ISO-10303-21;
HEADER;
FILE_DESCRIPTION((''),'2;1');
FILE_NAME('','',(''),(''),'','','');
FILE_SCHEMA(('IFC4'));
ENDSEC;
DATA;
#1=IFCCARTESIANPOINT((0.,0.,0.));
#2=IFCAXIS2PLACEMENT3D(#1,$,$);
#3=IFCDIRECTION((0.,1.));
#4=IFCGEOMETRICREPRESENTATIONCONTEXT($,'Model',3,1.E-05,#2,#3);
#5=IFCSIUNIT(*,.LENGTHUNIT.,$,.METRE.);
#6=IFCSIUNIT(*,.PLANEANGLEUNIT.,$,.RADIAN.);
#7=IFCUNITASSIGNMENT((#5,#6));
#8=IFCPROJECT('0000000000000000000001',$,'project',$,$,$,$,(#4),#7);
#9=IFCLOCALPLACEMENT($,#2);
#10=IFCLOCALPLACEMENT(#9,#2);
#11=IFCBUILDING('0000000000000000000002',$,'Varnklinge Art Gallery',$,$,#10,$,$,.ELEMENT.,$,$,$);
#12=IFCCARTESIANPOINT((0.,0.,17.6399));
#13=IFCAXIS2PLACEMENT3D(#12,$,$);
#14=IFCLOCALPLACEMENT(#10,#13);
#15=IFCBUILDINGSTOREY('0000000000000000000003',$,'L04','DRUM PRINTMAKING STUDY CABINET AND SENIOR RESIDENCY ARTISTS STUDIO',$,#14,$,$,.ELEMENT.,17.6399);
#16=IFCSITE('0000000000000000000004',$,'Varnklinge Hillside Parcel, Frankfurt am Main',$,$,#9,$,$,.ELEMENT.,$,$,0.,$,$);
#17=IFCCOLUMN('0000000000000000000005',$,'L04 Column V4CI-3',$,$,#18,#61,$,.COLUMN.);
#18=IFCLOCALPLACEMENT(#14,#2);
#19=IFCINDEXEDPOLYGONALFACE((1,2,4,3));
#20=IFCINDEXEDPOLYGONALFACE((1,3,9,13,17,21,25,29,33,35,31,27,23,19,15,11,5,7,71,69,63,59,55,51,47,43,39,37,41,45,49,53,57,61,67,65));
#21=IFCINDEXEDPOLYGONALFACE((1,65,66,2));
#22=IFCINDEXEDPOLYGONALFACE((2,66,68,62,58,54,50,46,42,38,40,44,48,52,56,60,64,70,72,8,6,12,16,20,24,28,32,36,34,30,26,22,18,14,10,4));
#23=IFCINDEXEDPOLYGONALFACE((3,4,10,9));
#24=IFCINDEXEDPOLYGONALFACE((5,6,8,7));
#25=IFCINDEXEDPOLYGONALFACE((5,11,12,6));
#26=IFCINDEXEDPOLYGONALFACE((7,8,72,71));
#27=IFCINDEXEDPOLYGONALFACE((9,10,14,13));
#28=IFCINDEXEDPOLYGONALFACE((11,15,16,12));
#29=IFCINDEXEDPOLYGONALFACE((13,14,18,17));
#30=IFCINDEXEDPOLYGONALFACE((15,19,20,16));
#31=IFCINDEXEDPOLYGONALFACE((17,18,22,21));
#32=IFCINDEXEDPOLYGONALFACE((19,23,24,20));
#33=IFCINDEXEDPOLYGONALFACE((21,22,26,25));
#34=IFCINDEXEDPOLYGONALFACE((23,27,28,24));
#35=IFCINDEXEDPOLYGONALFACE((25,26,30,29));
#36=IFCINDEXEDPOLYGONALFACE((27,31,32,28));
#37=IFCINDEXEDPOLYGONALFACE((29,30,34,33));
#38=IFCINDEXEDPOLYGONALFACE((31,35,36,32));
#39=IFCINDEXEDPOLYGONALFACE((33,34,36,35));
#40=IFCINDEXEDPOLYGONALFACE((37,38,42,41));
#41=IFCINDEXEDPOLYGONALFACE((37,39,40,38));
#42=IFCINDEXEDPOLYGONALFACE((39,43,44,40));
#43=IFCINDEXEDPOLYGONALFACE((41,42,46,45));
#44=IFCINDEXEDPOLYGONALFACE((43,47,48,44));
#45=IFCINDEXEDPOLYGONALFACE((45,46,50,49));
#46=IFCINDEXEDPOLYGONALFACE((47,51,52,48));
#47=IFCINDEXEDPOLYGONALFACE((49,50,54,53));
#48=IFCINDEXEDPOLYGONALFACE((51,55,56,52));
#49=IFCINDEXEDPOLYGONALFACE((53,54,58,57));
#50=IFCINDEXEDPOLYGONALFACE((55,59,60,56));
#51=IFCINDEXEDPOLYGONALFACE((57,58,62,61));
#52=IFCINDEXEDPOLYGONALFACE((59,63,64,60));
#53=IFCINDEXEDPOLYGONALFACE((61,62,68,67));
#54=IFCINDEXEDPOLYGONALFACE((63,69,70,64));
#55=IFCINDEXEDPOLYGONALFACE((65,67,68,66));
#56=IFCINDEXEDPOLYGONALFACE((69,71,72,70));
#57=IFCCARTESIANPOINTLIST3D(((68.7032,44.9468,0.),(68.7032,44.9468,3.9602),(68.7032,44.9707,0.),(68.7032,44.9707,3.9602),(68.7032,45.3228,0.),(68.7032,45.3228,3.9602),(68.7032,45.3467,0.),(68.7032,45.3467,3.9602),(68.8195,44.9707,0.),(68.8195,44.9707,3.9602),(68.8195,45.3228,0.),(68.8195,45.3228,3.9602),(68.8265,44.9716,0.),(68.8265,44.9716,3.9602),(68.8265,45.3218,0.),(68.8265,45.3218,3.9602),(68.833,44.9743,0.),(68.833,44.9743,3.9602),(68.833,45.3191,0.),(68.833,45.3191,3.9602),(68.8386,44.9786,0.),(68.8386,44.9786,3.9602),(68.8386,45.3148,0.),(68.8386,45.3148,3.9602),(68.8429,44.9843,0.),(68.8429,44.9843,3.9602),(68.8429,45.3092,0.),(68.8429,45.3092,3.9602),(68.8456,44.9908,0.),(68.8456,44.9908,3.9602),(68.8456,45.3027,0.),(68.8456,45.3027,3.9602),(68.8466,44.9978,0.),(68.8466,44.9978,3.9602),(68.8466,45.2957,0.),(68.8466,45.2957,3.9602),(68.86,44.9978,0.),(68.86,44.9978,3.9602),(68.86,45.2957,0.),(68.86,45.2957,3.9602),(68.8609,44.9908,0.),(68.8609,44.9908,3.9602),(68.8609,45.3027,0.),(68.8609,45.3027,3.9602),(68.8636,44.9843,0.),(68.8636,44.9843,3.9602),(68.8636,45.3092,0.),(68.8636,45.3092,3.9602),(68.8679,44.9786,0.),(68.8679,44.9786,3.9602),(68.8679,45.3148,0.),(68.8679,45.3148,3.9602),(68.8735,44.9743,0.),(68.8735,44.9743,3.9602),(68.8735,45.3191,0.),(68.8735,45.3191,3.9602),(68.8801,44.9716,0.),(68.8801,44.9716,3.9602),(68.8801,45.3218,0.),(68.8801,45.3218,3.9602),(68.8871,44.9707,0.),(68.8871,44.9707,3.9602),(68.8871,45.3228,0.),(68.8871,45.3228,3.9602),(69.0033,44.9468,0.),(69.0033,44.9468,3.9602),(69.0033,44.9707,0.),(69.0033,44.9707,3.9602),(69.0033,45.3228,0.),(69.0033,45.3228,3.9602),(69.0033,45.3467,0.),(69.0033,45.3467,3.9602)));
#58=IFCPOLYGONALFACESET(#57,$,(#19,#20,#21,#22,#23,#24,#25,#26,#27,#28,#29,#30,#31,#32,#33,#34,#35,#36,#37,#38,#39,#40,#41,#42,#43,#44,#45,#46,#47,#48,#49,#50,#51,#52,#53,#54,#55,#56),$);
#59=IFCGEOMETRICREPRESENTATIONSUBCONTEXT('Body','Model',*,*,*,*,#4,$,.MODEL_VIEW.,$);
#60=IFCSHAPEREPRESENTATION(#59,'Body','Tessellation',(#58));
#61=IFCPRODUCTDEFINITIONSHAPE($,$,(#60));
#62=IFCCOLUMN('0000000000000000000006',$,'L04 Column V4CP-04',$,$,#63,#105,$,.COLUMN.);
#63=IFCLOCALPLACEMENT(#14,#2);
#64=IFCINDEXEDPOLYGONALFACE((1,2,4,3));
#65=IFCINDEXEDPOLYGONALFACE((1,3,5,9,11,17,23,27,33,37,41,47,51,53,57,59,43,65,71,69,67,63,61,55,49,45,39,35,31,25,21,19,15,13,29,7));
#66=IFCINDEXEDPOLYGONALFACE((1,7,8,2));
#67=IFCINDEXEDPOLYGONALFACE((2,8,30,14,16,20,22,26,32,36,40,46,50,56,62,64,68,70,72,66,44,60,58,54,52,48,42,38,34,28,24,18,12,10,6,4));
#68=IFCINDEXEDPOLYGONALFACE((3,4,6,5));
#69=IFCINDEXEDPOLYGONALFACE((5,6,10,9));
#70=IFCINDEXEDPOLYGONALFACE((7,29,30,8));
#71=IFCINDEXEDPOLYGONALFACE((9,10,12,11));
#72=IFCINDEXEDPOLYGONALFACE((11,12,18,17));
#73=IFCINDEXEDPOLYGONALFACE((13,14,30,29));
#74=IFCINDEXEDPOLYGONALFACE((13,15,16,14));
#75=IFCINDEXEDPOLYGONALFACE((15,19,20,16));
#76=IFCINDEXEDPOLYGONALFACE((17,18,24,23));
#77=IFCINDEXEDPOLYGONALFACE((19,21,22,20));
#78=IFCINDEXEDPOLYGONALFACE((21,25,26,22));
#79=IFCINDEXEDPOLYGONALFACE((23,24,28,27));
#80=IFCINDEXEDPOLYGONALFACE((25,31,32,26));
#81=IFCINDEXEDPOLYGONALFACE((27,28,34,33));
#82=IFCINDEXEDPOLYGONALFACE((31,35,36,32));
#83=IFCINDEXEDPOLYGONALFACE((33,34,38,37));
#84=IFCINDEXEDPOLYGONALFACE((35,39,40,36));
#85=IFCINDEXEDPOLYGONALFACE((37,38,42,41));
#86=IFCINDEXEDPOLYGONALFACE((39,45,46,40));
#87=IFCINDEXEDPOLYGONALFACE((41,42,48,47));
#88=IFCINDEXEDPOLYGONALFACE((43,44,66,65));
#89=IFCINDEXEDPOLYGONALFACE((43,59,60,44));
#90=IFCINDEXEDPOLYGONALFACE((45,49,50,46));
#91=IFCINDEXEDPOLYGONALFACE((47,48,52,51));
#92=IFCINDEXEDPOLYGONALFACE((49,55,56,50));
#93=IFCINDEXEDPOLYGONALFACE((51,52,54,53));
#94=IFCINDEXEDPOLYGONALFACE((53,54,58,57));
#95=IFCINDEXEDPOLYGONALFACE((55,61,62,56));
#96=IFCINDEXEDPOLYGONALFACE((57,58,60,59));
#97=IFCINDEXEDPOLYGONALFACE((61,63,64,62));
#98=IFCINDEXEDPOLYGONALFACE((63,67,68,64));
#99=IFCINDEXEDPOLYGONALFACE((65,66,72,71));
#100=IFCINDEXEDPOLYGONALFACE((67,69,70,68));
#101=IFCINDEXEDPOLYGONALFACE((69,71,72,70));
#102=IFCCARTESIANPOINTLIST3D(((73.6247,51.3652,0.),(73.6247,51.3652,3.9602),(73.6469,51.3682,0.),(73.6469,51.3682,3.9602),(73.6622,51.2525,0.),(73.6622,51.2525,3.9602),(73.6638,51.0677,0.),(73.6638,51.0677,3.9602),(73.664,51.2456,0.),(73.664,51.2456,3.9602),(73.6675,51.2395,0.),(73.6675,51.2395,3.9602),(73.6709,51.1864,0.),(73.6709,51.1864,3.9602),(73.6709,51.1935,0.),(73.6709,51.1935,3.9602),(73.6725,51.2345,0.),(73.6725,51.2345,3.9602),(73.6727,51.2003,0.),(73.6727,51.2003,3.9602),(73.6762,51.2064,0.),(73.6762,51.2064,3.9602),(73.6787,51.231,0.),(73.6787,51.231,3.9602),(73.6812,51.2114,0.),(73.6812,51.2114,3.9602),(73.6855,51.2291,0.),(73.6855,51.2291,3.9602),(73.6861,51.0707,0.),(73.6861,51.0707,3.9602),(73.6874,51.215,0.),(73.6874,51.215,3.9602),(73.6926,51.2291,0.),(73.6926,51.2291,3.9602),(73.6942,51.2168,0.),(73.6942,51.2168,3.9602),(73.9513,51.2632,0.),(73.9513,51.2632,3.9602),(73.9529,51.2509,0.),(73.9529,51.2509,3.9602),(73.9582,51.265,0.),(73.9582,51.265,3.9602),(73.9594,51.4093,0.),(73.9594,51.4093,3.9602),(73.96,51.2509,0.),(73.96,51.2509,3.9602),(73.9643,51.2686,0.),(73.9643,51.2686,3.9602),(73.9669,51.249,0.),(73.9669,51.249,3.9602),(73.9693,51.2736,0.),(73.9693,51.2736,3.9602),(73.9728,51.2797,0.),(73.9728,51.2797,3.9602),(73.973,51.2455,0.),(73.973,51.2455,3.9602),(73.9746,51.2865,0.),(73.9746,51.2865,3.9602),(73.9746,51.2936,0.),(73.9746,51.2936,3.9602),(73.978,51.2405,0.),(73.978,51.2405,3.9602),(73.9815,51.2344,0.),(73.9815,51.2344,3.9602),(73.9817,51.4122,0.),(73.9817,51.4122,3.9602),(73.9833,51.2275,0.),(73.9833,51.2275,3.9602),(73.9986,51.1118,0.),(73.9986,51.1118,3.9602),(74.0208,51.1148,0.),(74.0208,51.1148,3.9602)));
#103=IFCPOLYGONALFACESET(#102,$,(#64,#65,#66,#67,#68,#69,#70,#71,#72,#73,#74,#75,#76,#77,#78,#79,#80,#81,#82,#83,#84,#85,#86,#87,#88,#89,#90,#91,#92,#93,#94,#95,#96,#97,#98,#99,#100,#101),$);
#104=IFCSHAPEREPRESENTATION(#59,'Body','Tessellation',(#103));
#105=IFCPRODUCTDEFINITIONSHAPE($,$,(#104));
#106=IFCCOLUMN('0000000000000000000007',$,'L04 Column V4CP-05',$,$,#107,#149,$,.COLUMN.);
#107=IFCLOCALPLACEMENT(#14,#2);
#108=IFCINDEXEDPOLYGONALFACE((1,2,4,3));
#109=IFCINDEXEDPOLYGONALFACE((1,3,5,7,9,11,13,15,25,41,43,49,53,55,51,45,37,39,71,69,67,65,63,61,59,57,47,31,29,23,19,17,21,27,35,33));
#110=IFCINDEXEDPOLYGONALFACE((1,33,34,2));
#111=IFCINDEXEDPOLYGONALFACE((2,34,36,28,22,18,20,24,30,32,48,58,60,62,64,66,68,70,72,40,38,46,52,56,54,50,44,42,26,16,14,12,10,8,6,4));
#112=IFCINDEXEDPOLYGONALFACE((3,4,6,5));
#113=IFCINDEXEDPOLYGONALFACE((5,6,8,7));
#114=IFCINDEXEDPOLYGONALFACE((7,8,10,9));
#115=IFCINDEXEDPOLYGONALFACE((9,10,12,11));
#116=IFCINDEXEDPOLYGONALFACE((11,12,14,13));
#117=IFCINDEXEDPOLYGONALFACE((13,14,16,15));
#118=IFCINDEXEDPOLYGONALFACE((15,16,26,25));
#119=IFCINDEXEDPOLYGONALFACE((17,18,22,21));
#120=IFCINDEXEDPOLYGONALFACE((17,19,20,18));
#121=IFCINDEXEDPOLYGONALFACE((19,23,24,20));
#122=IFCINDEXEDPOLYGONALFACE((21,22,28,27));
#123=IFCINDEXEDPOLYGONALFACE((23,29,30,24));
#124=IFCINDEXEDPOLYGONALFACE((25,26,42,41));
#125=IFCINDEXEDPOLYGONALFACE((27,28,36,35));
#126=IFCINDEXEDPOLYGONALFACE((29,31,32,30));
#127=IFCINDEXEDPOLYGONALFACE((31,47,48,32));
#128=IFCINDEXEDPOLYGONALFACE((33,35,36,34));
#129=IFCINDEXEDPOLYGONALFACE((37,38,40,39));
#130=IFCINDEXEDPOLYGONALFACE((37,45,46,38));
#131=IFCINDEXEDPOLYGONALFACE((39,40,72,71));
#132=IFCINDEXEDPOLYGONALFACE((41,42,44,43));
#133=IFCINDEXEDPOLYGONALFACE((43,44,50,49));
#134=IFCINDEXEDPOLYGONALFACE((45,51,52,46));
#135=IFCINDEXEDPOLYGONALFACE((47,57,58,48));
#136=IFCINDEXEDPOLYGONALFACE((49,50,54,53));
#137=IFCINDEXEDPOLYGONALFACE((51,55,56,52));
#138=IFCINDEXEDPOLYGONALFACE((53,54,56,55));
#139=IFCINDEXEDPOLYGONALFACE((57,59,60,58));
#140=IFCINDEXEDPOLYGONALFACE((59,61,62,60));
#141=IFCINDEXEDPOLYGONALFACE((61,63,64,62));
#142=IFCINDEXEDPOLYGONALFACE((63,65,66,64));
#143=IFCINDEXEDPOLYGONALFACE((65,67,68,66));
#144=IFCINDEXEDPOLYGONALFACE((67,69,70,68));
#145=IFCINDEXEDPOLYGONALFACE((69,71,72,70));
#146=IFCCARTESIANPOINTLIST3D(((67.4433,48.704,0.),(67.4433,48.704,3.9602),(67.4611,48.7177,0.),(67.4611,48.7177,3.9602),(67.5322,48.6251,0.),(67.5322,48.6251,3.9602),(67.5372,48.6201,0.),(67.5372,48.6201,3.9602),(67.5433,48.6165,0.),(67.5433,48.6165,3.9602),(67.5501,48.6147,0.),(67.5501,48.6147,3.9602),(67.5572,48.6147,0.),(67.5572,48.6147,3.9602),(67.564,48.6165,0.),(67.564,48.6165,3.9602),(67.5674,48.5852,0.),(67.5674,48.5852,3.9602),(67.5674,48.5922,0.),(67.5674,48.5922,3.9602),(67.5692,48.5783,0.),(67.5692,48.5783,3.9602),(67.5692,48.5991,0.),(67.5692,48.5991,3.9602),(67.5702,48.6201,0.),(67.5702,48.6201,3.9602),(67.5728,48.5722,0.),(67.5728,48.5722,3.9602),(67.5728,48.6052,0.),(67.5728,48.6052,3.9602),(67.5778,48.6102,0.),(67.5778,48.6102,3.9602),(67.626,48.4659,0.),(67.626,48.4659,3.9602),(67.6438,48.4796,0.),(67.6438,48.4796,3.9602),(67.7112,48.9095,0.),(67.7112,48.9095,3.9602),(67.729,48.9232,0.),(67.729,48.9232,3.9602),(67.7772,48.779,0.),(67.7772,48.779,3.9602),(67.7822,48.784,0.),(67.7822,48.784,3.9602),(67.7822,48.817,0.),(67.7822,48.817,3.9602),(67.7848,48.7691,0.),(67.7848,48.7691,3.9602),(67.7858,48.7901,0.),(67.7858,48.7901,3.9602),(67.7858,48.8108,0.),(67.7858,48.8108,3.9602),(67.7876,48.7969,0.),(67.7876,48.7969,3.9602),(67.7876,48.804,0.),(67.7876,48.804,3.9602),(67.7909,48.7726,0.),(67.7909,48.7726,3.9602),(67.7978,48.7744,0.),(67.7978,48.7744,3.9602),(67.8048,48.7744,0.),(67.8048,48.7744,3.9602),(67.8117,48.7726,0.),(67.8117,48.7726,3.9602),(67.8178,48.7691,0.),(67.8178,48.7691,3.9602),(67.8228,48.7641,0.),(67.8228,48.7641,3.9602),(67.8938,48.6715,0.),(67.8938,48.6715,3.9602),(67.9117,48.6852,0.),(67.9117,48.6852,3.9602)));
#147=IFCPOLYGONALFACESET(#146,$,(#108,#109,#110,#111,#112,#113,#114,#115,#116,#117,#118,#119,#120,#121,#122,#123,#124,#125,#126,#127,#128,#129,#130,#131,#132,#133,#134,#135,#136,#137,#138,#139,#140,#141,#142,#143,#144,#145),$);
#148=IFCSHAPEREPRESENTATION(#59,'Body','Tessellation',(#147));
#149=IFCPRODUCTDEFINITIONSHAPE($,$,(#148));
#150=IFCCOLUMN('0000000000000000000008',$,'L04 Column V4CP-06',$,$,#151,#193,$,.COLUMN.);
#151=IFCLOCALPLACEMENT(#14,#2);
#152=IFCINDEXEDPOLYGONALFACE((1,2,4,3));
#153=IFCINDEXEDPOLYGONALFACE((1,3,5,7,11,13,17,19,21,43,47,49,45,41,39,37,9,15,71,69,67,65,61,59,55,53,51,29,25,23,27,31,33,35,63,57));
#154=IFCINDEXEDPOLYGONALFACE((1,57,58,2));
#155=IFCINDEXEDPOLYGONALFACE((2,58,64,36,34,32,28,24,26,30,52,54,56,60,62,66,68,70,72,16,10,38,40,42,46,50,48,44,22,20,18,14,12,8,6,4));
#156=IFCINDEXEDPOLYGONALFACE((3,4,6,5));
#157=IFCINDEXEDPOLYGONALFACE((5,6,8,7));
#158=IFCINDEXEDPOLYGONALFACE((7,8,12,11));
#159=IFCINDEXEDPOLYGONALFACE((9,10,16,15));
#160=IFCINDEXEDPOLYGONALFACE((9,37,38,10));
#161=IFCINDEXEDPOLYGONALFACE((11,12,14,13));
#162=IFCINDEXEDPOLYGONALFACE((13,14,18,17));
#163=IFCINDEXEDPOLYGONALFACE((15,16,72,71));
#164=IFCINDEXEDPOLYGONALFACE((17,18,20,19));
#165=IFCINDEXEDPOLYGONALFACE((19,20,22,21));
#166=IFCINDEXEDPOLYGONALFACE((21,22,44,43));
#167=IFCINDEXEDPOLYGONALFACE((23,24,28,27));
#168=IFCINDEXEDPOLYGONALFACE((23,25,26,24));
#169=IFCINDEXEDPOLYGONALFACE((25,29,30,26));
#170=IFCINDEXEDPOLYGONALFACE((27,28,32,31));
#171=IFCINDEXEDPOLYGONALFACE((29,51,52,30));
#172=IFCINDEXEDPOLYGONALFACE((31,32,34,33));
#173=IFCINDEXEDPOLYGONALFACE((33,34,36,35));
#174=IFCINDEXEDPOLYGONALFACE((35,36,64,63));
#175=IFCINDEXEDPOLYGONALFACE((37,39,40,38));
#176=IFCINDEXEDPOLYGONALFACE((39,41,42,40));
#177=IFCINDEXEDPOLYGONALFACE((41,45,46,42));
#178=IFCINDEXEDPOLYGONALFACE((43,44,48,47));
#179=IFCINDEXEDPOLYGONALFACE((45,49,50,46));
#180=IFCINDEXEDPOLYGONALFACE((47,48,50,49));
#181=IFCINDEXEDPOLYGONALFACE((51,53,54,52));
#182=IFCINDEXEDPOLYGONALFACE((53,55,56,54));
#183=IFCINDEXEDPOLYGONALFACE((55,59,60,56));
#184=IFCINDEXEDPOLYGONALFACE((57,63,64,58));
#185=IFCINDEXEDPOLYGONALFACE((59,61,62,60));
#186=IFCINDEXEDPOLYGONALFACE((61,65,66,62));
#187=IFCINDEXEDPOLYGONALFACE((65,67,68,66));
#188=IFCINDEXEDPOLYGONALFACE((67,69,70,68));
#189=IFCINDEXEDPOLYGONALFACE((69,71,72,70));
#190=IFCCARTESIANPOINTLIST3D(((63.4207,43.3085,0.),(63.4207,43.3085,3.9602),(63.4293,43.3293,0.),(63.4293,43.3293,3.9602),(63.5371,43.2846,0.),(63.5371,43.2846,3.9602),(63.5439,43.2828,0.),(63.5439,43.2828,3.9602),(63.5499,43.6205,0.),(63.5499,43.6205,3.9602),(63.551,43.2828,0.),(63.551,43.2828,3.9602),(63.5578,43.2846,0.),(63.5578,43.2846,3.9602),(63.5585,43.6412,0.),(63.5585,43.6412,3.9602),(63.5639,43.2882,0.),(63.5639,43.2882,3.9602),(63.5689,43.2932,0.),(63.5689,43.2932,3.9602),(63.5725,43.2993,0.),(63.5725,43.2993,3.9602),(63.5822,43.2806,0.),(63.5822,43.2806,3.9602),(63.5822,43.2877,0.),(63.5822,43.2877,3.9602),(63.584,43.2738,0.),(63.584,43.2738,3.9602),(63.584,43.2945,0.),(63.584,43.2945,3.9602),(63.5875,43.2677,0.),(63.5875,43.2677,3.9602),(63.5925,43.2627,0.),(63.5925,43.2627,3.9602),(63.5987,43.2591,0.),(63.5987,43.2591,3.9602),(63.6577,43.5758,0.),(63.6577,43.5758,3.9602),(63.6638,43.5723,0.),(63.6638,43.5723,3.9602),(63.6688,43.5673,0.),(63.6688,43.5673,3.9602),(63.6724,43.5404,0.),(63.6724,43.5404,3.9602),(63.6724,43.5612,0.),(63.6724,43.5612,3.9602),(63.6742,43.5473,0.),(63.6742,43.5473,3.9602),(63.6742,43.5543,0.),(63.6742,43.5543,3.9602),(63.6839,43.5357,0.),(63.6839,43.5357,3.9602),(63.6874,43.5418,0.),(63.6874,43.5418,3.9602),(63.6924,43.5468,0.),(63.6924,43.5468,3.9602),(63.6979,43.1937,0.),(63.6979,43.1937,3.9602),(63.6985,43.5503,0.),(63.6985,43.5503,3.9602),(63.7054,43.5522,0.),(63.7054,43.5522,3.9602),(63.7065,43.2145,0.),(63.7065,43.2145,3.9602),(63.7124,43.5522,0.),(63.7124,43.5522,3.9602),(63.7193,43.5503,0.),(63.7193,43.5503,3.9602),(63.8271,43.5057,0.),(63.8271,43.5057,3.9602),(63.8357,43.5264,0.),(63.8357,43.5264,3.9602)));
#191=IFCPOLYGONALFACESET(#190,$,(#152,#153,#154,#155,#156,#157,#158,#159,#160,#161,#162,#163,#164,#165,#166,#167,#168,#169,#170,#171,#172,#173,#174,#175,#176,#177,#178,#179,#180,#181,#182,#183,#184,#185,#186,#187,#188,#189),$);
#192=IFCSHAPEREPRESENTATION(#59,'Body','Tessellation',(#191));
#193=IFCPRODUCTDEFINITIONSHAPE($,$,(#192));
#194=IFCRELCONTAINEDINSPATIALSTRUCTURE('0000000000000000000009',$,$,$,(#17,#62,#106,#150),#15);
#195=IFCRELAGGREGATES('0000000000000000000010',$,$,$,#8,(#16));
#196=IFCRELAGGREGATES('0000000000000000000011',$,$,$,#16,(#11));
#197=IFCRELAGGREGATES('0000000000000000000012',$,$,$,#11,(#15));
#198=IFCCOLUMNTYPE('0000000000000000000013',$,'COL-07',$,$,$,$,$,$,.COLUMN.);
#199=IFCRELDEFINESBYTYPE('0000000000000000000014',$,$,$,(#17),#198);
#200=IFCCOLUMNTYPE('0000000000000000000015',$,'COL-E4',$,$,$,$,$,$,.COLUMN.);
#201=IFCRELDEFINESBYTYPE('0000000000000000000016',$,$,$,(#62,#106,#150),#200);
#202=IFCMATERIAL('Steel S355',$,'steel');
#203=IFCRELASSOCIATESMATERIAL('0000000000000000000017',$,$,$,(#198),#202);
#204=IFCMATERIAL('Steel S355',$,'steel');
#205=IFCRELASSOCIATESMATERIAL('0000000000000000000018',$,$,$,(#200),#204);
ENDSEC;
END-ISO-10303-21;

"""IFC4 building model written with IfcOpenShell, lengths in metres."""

from ifc_helpers import new_model, si_unit, direction, frame, origin, origin_2d, place, context, subcontext, project, spatial, i_section, extrude, material, material_profile, profile_set, type_object, element, save


model = new_model("IFC4")

# Units and contexts
model_context = context("Model", 3, precision=1e-05, world=origin(), true_north=direction((0.0, 1.0)))
body_context = subcontext(model_context, "Body", "Model", "MODEL_VIEW")
ifc_project = project(units=[si_unit("LENGTHUNIT", "METRE"), si_unit("PLANEANGLEUNIT", "RADIAN")], contexts=[model_context])

# Site, building, storey
site_placement = place(None, origin())
site = spatial("IfcSite", under=ifc_project, at=site_placement, Name="Varnklinge Hillside Parcel, Frankfurt am Main", CompositionType="ELEMENT", RefElevation=0.0)
building_placement = place(site_placement, origin())
building = spatial("IfcBuilding", under=site, at=building_placement, Name="Varnklinge Art Gallery", CompositionType="ELEMENT")
storey_placement = place(building_placement, frame((0.0, 0.0, 17.6399)))
storey = spatial("IfcBuildingStorey", under=building, at=storey_placement, Name="L04", Description="DRUM PRINTMAKING STUDY CABINET AND SENIOR RESIDENCY ARTISTS STUDIO", CompositionType="ELEMENT", Elevation=17.6399)

# Columns
ifc_material_1 = material(Name="Steel S355", Category="steel")
ifc_material_profile_1 = material_profile(ifc_material_1, i_section(OverallWidth=0.3, OverallDepth=0.3999, WebThickness=0.0134, FlangeThickness=0.0239, FilletRadius=0.0271, at=origin_2d()), Name="HEB 400")
ifc_profile_set_1 = profile_set([ifc_material_profile_1], Name="Steel S355")
column_type_1 = type_object("IfcColumnType", Name="COL-07", PredefinedType="COLUMN", material=ifc_profile_set_1)
column_placement = place(storey_placement, frame((68.8533, 45.1467, 0.0), z_axis=(0.0, 0.0, 1.0), x_axis=(1.0, 0.0, 0.0)))
element("IfcColumn", 1, at=column_placement, inside=storey, type_object=column_type_1, Name="L04 Column V4CI-3", PredefinedType="COLUMN", context=body_context, shape_type="SweptSolid", body=[
    extrude(i_section(OverallWidth=0.3, OverallDepth=0.3999, WebThickness=0.0134, FlangeThickness=0.0239, FilletRadius=0.0271, at=origin_2d()), origin(), (0.0, 0.0, 1.0), 3.9602),
])
ifc_material_2 = material(Name="Steel S355", Category="steel")
ifc_material_profile_2 = material_profile(ifc_material_2, i_section(OverallWidth=0.3, OverallDepth=0.3601, WebThickness=0.0125, FlangeThickness=0.0225, FilletRadius=0.0271, at=origin_2d()), Name="HEB 360")
ifc_profile_set_2 = profile_set([ifc_material_profile_2], Name="Steel S355")
column_type_2 = type_object("IfcColumnType", Name="COL-E4", PredefinedType="COLUMN", material=ifc_profile_set_2)
for number, where, z_axis, x_axis, name in (
    (2, (73.8228, 51.24, 0.0), (0.0, 0.0, 1.0), (-0.130526, 0.991445, 0.0), "L04 Column V4CP-04"),
    (3, (67.6775, 48.6946, 0.0), (0.0, 0.0, 1.0), (-0.608761, 0.793353, 0.0), "L04 Column V4CP-05"),
    (4, (63.6282, 43.4175, 0.0), (0.0, 0.0, 1.0), (-0.92388, 0.382683, 0.0), "L04 Column V4CP-06"),
):
    element("IfcColumn", number, at=place(storey_placement, frame(where, z_axis=z_axis, x_axis=x_axis)), inside=storey, type_object=column_type_2, Name=name, PredefinedType="COLUMN", context=body_context, shape_type="SweptSolid", body=[
        extrude(i_section(OverallWidth=0.3, OverallDepth=0.3601, WebThickness=0.0125, FlangeThickness=0.0225, FilletRadius=0.0271, at=origin_2d()), origin(), (0.0, 0.0, 1.0), 3.9602),
    ])

save(model, "model.ifc")
